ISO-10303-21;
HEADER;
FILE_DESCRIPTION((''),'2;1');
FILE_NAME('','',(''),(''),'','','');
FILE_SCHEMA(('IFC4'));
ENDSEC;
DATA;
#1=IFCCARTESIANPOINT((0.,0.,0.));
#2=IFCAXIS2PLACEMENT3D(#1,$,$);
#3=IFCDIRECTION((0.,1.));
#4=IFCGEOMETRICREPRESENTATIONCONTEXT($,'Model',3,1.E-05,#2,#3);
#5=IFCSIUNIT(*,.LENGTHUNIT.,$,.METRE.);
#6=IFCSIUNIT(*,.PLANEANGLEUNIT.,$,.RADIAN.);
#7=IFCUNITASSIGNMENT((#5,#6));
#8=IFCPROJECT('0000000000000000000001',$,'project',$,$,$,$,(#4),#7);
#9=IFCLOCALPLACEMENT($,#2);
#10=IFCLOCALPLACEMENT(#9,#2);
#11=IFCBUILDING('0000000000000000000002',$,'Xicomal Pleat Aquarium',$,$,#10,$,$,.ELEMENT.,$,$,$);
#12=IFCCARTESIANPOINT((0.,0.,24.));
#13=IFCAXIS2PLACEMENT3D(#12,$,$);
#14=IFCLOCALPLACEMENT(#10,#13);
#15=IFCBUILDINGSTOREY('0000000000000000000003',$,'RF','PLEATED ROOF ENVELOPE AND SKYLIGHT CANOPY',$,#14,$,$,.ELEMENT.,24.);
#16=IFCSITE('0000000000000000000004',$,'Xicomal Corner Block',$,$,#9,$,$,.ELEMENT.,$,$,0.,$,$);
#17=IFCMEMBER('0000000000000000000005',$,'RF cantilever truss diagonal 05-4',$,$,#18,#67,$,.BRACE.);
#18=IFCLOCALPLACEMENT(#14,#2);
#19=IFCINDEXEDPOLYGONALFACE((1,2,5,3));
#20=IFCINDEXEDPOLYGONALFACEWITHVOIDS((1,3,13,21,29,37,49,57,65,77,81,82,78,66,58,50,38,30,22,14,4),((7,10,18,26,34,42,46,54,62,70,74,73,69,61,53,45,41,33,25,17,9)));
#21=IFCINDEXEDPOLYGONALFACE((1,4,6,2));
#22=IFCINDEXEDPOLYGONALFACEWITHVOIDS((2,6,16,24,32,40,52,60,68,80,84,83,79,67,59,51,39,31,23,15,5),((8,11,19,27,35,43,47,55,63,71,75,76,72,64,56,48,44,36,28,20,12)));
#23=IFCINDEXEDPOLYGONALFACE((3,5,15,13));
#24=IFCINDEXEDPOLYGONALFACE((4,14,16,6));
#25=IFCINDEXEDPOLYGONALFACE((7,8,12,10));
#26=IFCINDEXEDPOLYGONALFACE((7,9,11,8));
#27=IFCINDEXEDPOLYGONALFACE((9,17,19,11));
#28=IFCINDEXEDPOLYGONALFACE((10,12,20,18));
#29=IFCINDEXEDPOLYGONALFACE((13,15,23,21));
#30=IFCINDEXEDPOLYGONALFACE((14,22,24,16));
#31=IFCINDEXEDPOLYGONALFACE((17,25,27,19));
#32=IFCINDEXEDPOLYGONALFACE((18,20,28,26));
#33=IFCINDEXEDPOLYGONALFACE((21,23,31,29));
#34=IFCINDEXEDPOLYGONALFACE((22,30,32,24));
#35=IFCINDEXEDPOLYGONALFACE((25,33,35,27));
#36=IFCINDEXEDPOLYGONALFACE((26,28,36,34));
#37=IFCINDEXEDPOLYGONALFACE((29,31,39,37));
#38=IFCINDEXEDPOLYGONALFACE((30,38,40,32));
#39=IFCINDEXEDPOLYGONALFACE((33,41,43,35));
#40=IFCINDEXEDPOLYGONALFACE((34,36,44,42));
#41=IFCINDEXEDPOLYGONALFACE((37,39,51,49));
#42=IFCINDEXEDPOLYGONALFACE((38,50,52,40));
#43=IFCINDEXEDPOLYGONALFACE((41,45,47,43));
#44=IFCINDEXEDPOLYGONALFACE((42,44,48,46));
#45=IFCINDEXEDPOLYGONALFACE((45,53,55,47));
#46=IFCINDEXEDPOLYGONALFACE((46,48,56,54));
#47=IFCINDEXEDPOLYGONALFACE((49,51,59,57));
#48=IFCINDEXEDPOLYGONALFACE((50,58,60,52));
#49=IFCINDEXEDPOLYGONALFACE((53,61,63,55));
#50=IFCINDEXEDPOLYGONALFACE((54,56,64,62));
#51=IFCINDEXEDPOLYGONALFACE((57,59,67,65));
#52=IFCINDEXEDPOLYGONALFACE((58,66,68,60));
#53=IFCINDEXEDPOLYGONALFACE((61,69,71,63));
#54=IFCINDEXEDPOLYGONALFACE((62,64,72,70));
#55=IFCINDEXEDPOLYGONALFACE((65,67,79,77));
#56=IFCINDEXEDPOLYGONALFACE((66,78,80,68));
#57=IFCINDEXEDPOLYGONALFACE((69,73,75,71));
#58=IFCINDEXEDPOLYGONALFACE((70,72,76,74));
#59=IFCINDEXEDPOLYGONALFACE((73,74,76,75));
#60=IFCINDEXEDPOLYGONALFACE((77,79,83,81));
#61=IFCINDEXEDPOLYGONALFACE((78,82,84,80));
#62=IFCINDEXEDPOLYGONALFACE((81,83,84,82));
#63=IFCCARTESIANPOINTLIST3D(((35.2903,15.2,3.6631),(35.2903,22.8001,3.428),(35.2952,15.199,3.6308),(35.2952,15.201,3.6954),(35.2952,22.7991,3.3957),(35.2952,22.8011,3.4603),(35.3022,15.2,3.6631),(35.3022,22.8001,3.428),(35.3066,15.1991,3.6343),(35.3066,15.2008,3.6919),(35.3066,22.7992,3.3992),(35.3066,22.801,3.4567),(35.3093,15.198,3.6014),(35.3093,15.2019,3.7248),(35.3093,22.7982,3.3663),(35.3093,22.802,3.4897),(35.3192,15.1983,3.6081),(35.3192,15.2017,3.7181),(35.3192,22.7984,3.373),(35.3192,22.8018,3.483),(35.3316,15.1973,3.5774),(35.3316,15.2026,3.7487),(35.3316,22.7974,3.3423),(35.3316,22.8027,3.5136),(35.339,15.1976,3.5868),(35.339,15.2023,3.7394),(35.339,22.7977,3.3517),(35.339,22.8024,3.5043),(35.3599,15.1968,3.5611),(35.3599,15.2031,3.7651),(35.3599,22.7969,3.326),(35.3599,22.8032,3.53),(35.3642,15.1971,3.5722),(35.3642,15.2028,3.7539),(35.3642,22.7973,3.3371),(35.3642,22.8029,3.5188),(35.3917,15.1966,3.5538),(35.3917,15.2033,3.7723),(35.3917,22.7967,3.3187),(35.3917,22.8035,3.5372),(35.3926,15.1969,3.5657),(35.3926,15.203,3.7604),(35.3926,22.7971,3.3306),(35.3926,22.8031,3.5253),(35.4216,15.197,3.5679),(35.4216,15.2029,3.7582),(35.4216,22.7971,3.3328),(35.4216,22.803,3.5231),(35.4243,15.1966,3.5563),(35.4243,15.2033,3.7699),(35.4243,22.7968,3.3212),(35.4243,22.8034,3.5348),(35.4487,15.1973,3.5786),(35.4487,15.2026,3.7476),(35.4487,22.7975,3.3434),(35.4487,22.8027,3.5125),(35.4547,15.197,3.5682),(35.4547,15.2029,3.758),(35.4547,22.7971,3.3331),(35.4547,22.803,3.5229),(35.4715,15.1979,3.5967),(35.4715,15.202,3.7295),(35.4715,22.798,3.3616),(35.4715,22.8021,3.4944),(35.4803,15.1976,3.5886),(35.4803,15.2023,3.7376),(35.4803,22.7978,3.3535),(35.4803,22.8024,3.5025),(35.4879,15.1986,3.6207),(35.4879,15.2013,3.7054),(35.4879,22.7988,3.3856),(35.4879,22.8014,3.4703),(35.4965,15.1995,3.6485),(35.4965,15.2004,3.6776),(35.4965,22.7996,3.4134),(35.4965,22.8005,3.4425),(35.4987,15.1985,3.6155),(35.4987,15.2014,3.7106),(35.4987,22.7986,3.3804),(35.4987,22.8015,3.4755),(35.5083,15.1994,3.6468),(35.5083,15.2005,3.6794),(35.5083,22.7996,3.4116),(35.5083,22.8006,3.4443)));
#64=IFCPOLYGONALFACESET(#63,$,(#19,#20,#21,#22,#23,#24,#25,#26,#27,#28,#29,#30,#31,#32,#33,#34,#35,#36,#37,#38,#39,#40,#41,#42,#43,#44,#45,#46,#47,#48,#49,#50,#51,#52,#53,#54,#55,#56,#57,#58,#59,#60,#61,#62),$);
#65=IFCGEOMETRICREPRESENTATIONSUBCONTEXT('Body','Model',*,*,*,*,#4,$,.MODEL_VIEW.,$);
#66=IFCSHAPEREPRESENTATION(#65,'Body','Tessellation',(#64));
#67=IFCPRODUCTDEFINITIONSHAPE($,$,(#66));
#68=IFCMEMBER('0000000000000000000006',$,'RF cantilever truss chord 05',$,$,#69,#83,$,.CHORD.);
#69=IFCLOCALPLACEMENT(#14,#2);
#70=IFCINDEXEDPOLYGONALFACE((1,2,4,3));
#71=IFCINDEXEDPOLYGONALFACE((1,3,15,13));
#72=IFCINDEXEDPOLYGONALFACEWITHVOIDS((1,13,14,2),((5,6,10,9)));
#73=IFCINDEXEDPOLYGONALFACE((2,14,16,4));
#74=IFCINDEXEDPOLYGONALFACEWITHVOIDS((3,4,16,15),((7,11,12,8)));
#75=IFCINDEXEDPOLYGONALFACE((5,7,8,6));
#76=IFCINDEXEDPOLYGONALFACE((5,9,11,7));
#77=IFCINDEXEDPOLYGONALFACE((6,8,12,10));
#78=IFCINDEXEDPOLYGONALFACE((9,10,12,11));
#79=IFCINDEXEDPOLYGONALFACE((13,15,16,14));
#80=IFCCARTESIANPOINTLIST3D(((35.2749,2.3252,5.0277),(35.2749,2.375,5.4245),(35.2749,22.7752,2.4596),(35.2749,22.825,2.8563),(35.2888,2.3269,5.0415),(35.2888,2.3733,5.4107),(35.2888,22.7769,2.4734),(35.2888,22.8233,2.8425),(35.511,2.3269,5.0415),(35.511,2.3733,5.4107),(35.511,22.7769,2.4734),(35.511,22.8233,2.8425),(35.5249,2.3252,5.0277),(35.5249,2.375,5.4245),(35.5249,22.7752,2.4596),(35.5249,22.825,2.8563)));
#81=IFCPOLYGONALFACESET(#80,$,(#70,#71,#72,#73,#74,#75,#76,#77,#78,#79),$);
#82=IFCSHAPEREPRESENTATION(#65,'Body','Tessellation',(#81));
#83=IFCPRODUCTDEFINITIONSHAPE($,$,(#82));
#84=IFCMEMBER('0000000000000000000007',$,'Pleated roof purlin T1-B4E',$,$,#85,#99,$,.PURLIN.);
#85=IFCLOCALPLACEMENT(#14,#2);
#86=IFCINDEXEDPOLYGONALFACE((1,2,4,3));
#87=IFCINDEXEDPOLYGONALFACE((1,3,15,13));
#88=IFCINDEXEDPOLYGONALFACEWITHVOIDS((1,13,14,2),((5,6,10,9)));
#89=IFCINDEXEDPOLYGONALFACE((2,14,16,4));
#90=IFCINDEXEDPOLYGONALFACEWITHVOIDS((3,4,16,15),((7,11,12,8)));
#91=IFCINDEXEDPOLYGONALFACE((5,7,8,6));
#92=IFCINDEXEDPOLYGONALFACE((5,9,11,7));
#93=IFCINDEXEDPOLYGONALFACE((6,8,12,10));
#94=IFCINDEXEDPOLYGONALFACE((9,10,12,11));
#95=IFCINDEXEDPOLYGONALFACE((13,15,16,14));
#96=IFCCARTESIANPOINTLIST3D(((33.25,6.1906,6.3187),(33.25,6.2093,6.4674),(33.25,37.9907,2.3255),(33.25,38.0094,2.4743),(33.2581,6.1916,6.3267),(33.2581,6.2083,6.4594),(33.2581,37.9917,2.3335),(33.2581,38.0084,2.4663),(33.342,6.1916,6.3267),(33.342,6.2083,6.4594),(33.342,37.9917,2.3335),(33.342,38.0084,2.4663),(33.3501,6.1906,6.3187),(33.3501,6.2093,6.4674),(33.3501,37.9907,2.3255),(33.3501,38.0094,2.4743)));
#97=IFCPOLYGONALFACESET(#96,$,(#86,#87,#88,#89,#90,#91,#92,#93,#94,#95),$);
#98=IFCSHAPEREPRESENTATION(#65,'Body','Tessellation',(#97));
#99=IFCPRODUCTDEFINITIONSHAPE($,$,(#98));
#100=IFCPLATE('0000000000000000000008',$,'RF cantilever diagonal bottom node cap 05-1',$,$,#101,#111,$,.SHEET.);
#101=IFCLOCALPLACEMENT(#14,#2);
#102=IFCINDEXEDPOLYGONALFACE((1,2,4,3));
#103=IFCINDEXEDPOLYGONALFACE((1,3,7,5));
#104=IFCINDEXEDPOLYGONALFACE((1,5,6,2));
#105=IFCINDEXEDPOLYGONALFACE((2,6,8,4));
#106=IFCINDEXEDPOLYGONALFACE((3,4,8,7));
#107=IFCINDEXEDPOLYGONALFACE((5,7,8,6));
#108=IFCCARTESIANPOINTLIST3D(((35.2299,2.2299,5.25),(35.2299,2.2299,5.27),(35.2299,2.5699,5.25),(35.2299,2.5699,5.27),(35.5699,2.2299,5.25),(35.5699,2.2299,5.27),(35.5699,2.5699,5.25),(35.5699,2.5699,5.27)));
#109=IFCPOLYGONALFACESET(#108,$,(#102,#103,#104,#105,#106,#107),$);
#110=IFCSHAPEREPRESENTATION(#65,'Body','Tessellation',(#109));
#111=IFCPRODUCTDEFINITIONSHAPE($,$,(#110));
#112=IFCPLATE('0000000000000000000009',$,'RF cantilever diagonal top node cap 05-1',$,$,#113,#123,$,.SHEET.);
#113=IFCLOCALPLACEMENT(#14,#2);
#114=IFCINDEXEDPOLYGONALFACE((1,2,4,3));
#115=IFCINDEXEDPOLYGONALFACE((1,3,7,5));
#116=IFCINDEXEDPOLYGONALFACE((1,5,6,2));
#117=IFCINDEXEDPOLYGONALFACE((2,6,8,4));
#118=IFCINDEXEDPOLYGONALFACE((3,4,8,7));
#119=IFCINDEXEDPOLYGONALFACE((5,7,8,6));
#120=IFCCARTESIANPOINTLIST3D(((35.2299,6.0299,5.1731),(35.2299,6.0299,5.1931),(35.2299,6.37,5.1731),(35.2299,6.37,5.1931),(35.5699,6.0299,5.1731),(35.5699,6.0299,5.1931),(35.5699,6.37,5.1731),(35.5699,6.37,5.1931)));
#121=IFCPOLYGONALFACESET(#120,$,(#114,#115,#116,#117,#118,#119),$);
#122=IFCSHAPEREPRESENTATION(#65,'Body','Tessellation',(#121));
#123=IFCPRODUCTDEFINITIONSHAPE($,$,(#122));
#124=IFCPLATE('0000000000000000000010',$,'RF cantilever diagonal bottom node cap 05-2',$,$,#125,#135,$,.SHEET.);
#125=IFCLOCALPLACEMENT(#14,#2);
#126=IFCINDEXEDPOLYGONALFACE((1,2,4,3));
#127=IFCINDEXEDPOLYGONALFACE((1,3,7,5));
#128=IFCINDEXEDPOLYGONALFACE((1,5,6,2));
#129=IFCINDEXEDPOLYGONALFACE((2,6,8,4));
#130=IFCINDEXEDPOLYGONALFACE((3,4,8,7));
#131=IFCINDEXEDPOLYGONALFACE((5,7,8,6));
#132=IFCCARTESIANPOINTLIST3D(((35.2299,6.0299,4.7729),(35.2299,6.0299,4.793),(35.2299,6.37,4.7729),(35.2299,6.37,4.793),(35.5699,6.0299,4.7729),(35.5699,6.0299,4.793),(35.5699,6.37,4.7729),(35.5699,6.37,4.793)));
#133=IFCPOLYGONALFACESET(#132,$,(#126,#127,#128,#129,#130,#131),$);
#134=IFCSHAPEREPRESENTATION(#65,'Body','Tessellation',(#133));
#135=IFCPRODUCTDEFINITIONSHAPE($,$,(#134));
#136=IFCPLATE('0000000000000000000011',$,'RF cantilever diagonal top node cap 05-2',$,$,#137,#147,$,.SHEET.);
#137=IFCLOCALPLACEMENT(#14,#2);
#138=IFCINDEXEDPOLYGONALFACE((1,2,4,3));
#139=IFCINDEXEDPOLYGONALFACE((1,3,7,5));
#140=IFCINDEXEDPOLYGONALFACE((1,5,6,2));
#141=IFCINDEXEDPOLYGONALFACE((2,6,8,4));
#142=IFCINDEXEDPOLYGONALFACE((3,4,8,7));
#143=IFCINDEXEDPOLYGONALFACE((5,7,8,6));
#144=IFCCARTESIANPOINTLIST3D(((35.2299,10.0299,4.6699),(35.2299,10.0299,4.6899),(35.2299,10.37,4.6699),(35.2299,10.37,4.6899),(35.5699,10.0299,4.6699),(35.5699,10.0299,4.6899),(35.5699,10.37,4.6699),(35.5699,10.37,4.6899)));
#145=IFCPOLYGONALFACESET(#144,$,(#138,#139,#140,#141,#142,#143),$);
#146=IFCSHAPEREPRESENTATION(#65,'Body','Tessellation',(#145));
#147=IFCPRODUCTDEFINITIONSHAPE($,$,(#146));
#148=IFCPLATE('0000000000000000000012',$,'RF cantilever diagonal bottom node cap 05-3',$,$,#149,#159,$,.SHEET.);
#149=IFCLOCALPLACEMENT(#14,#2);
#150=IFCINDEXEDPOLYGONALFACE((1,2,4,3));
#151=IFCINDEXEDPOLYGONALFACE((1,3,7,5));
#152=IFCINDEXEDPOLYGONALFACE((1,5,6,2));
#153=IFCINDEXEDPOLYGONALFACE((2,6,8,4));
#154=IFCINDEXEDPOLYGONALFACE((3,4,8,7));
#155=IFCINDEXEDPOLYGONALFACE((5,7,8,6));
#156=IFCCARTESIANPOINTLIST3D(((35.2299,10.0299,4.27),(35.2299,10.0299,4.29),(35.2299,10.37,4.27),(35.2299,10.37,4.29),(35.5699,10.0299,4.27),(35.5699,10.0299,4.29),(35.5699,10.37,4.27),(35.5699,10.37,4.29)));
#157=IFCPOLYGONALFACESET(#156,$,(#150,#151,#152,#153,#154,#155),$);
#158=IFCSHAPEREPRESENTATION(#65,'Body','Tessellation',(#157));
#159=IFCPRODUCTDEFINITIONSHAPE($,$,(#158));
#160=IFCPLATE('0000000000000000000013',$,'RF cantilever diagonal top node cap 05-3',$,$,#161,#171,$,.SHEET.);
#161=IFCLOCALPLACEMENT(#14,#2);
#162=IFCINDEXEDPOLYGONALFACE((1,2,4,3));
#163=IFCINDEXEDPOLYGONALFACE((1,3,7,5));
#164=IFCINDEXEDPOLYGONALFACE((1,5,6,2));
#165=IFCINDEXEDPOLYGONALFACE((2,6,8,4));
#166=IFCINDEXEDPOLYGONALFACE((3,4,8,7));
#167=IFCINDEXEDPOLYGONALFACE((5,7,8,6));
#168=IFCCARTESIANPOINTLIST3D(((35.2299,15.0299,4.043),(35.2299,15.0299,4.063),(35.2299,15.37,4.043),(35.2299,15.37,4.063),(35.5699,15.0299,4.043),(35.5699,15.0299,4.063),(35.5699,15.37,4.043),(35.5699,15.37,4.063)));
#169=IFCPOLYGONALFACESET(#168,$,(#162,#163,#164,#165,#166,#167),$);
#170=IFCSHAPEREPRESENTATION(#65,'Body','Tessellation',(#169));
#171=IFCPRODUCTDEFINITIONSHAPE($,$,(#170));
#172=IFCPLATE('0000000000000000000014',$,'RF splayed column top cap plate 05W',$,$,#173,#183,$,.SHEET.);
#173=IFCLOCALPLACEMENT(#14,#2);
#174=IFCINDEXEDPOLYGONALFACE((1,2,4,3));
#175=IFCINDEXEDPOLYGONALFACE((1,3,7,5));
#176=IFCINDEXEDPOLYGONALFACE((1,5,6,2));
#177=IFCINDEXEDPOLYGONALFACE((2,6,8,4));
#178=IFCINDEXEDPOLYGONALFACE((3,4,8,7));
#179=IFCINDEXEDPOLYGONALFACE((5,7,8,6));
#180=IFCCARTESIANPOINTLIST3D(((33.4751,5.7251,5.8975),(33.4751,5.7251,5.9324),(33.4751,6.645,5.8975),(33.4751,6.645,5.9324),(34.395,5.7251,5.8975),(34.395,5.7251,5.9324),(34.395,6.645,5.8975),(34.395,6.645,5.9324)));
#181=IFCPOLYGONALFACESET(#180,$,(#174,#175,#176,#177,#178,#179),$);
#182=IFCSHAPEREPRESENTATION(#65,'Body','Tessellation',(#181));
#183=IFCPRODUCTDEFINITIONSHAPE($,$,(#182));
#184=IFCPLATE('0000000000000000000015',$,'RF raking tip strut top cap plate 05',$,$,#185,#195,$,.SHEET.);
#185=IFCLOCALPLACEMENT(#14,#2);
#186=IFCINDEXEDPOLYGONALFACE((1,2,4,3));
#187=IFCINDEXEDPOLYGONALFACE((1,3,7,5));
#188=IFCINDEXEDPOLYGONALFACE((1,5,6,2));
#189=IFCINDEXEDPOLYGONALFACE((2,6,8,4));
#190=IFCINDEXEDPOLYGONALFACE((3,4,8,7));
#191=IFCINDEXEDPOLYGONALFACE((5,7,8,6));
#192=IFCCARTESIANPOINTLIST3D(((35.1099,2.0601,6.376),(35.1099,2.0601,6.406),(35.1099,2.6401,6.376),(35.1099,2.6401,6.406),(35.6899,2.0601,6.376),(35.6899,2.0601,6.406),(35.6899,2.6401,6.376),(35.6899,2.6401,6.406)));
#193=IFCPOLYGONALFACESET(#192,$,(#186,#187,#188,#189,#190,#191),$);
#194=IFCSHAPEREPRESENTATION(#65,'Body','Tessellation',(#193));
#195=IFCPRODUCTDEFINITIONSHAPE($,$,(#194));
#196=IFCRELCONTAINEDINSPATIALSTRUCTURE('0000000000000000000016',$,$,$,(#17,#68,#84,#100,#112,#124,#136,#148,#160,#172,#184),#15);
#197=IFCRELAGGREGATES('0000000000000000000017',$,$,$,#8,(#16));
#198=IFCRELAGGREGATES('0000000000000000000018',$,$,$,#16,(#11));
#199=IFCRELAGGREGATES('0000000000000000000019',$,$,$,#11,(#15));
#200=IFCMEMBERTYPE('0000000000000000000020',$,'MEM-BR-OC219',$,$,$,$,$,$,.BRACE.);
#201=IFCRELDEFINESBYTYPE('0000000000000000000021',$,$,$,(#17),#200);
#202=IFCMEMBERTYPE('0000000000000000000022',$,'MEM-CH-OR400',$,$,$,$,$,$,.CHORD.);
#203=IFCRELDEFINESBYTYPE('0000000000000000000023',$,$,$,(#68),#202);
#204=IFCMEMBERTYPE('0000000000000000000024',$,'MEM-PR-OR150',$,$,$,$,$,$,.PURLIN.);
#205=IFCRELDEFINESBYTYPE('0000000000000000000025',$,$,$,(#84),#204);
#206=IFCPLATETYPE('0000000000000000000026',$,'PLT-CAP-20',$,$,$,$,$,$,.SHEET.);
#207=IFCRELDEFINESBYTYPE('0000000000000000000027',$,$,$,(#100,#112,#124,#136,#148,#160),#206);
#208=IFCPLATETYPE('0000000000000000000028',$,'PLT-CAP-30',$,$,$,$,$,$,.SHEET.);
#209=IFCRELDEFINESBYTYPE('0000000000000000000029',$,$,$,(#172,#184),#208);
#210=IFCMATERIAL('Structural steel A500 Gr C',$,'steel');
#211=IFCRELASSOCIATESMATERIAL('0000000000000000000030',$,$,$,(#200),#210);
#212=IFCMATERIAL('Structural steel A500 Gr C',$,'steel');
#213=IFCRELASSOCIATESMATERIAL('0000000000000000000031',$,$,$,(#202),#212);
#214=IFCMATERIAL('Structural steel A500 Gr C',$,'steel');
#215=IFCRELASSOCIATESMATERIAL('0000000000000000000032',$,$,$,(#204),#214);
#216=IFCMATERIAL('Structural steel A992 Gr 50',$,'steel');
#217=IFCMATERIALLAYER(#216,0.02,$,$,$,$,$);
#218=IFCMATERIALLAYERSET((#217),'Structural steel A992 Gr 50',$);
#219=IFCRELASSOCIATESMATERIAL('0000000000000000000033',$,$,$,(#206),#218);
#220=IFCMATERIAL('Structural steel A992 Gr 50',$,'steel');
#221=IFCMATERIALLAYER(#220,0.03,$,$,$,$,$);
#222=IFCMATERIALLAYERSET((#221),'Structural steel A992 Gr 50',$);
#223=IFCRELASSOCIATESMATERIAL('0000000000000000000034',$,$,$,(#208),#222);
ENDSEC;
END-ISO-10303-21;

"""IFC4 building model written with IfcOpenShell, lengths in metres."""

from ifc_helpers import new_model, si_unit, direction, frame, origin, origin_2d, place, context, subcontext, project, spatial, rectangle, hollow_rectangle, hollow_circle, extrude, material, layer, layer_set, material_profile, profile_set, type_object, element, save


model = new_model("IFC4")

# Units and contexts
model_context = context("Model", 3, precision=1e-05, world=origin(), true_north=direction((0.0, 1.0)))
body_context = subcontext(model_context, "Body", "Model", "MODEL_VIEW")
ifc_project = project(units=[si_unit("LENGTHUNIT", "METRE"), si_unit("PLANEANGLEUNIT", "RADIAN")], contexts=[model_context])

# Site, building, storey
site_placement = place(None, origin())
site = spatial("IfcSite", under=ifc_project, at=site_placement, Name="Xicomal Corner Block", CompositionType="ELEMENT", RefElevation=0.0)
building_placement = place(site_placement, origin())
building = spatial("IfcBuilding", under=site, at=building_placement, Name="Xicomal Pleat Aquarium", CompositionType="ELEMENT")
storey_placement = place(building_placement, frame((0.0, 0.0, 24.0)))
storey = spatial("IfcBuildingStorey", under=building, at=storey_placement, Name="RF", Description="PLEATED ROOF ENVELOPE AND SKYLIGHT CANOPY", CompositionType="ELEMENT", Elevation=24.0)

# Members
ifc_material_1 = material(Name="Structural steel A500 Gr C", Category="steel")
ifc_material_profile_1 = material_profile(ifc_material_1, hollow_circle(Radius=0.1096, WallThickness=0.012, at=origin_2d()), Name="OC 219x12")
ifc_profile_set_1 = profile_set([ifc_material_profile_1], Name="Structural steel A500 Gr C")
member_type_1 = type_object("IfcMemberType", Name="MEM-BR-OC219", PredefinedType="BRACE", material=ifc_profile_set_1)
member_1_placement = place(storey_placement, frame((35.3999, 15.2, 3.6631), z_axis=(0.0, 0.999522, -0.03092), x_axis=(-1.0, 0.0, 0.0)))
element("IfcMember", 1, at=member_1_placement, inside=storey, type_object=member_type_1, Name="RF cantilever truss diagonal 05-4", PredefinedType="BRACE", context=body_context, shape_type="SweptSolid", body=[
    extrude(hollow_circle(Radius=0.1096, WallThickness=0.012, at=origin_2d()), origin(), (0.0, 0.0, 1.0), 7.6038),
])
ifc_material_2 = material(Name="Structural steel A500 Gr C", Category="steel")
ifc_material_profile_2 = material_profile(ifc_material_2, hollow_rectangle(XDim=0.25, YDim=0.3999, WallThickness=0.0139, at=origin_2d()), Name="OR 400x250x14")
ifc_profile_set_2 = profile_set([ifc_material_profile_2], Name="Structural steel A500 Gr C")
member_type_2 = type_object("IfcMemberType", Name="MEM-CH-OR400", PredefinedType="CHORD", material=ifc_profile_set_2)
member_2_placement = place(storey_placement, frame((35.3999, 2.3501, 5.2261), z_axis=(0.0, 0.992207, -0.124602), x_axis=(-1.0, 0.0, 0.0)))
element("IfcMember", 2, at=member_2_placement, inside=storey, type_object=member_type_2, Name="RF cantilever truss chord 05", PredefinedType="CHORD", context=body_context, shape_type="SweptSolid", body=[
    extrude(hollow_rectangle(XDim=0.25, YDim=0.3999, WallThickness=0.0139, at=origin_2d()), origin(), (0.0, 0.0, 1.0), 20.6106),
])
ifc_material_3 = material(Name="Structural steel A500 Gr C", Category="steel")
ifc_material_profile_3 = material_profile(ifc_material_3, hollow_rectangle(XDim=0.1001, YDim=0.1499, WallThickness=0.0081, at=origin_2d()), Name="OR 150x100x8")
ifc_profile_set_3 = profile_set([ifc_material_profile_3], Name="Structural steel A500 Gr C")
member_type_3 = type_object("IfcMemberType", Name="MEM-PR-OR150", PredefinedType="PURLIN", material=ifc_profile_set_3)
member_3_placement = place(storey_placement, frame((33.3, 6.2, 6.3931), z_axis=(0.0, 0.992208, -0.124593), x_axis=(-1.0, 0.0, 0.0)))
element("IfcMember", 3, at=member_3_placement, inside=storey, type_object=member_type_3, Name="Pleated roof purlin T1-B4E", PredefinedType="PURLIN", context=body_context, shape_type="SweptSolid", body=[
    extrude(hollow_rectangle(XDim=0.1001, YDim=0.1499, WallThickness=0.0081, at=origin_2d()), origin(), (0.0, 0.0, 1.0), 32.0498),
])

# Plates
ifc_material_4 = material(Name="Structural steel A992 Gr 50", Category="steel")
ifc_layer_1 = layer(ifc_material_4, 0.02)
ifc_layer_set_1 = layer_set([ifc_layer_1], Name="Structural steel A992 Gr 50")
plate_type_1 = type_object("IfcPlateType", Name="PLT-CAP-20", PredefinedType="SHEET", material=ifc_layer_set_1)
for number, where, z_axis, x_axis, name in (
    (4, (35.3999, 2.3999, 5.25), (0.0, 0.0, 1.0), (1.0, 0.0, 0.0), "RF cantilever diagonal bottom node cap 05-1"),
    (5, (35.3999, 6.2, 5.1731), (0.0, 0.0, 1.0), (1.0, 0.0, 0.0), "RF cantilever diagonal top node cap 05-1"),
    (6, (35.3999, 6.2, 4.7729), (0.0, 0.0, 1.0), (1.0, 0.0, 0.0), "RF cantilever diagonal bottom node cap 05-2"),
    (7, (35.3999, 10.2, 4.6699), (0.0, 0.0, 1.0), (1.0, 0.0, 0.0), "RF cantilever diagonal top node cap 05-2"),
    (8, (35.3999, 10.2, 4.27), (0.0, 0.0, 1.0), (1.0, 0.0, 0.0), "RF cantilever diagonal bottom node cap 05-3"),
    (9, (35.3999, 15.2, 4.043), (0.0, 0.0, 1.0), (1.0, 0.0, 0.0), "RF cantilever diagonal top node cap 05-3"),
):
    element("IfcPlate", number, at=place(storey_placement, frame(where, z_axis=z_axis, x_axis=x_axis)), inside=storey, type_object=plate_type_1, Name=name, PredefinedType="SHEET", context=body_context, shape_type="SweptSolid", body=[
        extrude(rectangle(XDim=0.3401, YDim=0.3401, at=origin_2d()), origin(), (0.0, 0.0, 1.0), 0.02),
    ])
ifc_material_5 = material(Name="Structural steel A992 Gr 50", Category="steel")
ifc_layer_2 = layer(ifc_material_5, 0.03)
ifc_layer_set_2 = layer_set([ifc_layer_2], Name="Structural steel A992 Gr 50")
plate_type_2 = type_object("IfcPlateType", Name="PLT-CAP-30", PredefinedType="SHEET", material=ifc_layer_set_2)
plate_1_placement = place(storey_placement, frame((33.9351, 6.1851, 5.8975), z_axis=(0.0, 0.0, 1.0), x_axis=(1.0, 0.0, 0.0)))
element("IfcPlate", 10, at=plate_1_placement, inside=storey, type_object=plate_type_2, Name="RF splayed column top cap plate 05W", PredefinedType="SHEET", context=body_context, shape_type="SweptSolid", body=[
    extrude(rectangle(XDim=0.9199, YDim=0.9199, at=origin_2d()), origin(), (0.0, 0.0, 1.0), 0.0349),
])
plate_2_placement = place(storey_placement, frame((35.3999, 2.3501, 6.376), z_axis=(0.0, 0.0, 1.0), x_axis=(1.0, 0.0, 0.0)))
element("IfcPlate", 11, at=plate_2_placement, inside=storey, type_object=plate_type_2, Name="RF raking tip strut top cap plate 05", PredefinedType="SHEET", context=body_context, shape_type="SweptSolid", body=[
    extrude(rectangle(XDim=0.5801, YDim=0.5801, at=origin_2d()), origin(), (0.0, 0.0, 1.0), 0.03),
])

save(model, "model.ifc")
